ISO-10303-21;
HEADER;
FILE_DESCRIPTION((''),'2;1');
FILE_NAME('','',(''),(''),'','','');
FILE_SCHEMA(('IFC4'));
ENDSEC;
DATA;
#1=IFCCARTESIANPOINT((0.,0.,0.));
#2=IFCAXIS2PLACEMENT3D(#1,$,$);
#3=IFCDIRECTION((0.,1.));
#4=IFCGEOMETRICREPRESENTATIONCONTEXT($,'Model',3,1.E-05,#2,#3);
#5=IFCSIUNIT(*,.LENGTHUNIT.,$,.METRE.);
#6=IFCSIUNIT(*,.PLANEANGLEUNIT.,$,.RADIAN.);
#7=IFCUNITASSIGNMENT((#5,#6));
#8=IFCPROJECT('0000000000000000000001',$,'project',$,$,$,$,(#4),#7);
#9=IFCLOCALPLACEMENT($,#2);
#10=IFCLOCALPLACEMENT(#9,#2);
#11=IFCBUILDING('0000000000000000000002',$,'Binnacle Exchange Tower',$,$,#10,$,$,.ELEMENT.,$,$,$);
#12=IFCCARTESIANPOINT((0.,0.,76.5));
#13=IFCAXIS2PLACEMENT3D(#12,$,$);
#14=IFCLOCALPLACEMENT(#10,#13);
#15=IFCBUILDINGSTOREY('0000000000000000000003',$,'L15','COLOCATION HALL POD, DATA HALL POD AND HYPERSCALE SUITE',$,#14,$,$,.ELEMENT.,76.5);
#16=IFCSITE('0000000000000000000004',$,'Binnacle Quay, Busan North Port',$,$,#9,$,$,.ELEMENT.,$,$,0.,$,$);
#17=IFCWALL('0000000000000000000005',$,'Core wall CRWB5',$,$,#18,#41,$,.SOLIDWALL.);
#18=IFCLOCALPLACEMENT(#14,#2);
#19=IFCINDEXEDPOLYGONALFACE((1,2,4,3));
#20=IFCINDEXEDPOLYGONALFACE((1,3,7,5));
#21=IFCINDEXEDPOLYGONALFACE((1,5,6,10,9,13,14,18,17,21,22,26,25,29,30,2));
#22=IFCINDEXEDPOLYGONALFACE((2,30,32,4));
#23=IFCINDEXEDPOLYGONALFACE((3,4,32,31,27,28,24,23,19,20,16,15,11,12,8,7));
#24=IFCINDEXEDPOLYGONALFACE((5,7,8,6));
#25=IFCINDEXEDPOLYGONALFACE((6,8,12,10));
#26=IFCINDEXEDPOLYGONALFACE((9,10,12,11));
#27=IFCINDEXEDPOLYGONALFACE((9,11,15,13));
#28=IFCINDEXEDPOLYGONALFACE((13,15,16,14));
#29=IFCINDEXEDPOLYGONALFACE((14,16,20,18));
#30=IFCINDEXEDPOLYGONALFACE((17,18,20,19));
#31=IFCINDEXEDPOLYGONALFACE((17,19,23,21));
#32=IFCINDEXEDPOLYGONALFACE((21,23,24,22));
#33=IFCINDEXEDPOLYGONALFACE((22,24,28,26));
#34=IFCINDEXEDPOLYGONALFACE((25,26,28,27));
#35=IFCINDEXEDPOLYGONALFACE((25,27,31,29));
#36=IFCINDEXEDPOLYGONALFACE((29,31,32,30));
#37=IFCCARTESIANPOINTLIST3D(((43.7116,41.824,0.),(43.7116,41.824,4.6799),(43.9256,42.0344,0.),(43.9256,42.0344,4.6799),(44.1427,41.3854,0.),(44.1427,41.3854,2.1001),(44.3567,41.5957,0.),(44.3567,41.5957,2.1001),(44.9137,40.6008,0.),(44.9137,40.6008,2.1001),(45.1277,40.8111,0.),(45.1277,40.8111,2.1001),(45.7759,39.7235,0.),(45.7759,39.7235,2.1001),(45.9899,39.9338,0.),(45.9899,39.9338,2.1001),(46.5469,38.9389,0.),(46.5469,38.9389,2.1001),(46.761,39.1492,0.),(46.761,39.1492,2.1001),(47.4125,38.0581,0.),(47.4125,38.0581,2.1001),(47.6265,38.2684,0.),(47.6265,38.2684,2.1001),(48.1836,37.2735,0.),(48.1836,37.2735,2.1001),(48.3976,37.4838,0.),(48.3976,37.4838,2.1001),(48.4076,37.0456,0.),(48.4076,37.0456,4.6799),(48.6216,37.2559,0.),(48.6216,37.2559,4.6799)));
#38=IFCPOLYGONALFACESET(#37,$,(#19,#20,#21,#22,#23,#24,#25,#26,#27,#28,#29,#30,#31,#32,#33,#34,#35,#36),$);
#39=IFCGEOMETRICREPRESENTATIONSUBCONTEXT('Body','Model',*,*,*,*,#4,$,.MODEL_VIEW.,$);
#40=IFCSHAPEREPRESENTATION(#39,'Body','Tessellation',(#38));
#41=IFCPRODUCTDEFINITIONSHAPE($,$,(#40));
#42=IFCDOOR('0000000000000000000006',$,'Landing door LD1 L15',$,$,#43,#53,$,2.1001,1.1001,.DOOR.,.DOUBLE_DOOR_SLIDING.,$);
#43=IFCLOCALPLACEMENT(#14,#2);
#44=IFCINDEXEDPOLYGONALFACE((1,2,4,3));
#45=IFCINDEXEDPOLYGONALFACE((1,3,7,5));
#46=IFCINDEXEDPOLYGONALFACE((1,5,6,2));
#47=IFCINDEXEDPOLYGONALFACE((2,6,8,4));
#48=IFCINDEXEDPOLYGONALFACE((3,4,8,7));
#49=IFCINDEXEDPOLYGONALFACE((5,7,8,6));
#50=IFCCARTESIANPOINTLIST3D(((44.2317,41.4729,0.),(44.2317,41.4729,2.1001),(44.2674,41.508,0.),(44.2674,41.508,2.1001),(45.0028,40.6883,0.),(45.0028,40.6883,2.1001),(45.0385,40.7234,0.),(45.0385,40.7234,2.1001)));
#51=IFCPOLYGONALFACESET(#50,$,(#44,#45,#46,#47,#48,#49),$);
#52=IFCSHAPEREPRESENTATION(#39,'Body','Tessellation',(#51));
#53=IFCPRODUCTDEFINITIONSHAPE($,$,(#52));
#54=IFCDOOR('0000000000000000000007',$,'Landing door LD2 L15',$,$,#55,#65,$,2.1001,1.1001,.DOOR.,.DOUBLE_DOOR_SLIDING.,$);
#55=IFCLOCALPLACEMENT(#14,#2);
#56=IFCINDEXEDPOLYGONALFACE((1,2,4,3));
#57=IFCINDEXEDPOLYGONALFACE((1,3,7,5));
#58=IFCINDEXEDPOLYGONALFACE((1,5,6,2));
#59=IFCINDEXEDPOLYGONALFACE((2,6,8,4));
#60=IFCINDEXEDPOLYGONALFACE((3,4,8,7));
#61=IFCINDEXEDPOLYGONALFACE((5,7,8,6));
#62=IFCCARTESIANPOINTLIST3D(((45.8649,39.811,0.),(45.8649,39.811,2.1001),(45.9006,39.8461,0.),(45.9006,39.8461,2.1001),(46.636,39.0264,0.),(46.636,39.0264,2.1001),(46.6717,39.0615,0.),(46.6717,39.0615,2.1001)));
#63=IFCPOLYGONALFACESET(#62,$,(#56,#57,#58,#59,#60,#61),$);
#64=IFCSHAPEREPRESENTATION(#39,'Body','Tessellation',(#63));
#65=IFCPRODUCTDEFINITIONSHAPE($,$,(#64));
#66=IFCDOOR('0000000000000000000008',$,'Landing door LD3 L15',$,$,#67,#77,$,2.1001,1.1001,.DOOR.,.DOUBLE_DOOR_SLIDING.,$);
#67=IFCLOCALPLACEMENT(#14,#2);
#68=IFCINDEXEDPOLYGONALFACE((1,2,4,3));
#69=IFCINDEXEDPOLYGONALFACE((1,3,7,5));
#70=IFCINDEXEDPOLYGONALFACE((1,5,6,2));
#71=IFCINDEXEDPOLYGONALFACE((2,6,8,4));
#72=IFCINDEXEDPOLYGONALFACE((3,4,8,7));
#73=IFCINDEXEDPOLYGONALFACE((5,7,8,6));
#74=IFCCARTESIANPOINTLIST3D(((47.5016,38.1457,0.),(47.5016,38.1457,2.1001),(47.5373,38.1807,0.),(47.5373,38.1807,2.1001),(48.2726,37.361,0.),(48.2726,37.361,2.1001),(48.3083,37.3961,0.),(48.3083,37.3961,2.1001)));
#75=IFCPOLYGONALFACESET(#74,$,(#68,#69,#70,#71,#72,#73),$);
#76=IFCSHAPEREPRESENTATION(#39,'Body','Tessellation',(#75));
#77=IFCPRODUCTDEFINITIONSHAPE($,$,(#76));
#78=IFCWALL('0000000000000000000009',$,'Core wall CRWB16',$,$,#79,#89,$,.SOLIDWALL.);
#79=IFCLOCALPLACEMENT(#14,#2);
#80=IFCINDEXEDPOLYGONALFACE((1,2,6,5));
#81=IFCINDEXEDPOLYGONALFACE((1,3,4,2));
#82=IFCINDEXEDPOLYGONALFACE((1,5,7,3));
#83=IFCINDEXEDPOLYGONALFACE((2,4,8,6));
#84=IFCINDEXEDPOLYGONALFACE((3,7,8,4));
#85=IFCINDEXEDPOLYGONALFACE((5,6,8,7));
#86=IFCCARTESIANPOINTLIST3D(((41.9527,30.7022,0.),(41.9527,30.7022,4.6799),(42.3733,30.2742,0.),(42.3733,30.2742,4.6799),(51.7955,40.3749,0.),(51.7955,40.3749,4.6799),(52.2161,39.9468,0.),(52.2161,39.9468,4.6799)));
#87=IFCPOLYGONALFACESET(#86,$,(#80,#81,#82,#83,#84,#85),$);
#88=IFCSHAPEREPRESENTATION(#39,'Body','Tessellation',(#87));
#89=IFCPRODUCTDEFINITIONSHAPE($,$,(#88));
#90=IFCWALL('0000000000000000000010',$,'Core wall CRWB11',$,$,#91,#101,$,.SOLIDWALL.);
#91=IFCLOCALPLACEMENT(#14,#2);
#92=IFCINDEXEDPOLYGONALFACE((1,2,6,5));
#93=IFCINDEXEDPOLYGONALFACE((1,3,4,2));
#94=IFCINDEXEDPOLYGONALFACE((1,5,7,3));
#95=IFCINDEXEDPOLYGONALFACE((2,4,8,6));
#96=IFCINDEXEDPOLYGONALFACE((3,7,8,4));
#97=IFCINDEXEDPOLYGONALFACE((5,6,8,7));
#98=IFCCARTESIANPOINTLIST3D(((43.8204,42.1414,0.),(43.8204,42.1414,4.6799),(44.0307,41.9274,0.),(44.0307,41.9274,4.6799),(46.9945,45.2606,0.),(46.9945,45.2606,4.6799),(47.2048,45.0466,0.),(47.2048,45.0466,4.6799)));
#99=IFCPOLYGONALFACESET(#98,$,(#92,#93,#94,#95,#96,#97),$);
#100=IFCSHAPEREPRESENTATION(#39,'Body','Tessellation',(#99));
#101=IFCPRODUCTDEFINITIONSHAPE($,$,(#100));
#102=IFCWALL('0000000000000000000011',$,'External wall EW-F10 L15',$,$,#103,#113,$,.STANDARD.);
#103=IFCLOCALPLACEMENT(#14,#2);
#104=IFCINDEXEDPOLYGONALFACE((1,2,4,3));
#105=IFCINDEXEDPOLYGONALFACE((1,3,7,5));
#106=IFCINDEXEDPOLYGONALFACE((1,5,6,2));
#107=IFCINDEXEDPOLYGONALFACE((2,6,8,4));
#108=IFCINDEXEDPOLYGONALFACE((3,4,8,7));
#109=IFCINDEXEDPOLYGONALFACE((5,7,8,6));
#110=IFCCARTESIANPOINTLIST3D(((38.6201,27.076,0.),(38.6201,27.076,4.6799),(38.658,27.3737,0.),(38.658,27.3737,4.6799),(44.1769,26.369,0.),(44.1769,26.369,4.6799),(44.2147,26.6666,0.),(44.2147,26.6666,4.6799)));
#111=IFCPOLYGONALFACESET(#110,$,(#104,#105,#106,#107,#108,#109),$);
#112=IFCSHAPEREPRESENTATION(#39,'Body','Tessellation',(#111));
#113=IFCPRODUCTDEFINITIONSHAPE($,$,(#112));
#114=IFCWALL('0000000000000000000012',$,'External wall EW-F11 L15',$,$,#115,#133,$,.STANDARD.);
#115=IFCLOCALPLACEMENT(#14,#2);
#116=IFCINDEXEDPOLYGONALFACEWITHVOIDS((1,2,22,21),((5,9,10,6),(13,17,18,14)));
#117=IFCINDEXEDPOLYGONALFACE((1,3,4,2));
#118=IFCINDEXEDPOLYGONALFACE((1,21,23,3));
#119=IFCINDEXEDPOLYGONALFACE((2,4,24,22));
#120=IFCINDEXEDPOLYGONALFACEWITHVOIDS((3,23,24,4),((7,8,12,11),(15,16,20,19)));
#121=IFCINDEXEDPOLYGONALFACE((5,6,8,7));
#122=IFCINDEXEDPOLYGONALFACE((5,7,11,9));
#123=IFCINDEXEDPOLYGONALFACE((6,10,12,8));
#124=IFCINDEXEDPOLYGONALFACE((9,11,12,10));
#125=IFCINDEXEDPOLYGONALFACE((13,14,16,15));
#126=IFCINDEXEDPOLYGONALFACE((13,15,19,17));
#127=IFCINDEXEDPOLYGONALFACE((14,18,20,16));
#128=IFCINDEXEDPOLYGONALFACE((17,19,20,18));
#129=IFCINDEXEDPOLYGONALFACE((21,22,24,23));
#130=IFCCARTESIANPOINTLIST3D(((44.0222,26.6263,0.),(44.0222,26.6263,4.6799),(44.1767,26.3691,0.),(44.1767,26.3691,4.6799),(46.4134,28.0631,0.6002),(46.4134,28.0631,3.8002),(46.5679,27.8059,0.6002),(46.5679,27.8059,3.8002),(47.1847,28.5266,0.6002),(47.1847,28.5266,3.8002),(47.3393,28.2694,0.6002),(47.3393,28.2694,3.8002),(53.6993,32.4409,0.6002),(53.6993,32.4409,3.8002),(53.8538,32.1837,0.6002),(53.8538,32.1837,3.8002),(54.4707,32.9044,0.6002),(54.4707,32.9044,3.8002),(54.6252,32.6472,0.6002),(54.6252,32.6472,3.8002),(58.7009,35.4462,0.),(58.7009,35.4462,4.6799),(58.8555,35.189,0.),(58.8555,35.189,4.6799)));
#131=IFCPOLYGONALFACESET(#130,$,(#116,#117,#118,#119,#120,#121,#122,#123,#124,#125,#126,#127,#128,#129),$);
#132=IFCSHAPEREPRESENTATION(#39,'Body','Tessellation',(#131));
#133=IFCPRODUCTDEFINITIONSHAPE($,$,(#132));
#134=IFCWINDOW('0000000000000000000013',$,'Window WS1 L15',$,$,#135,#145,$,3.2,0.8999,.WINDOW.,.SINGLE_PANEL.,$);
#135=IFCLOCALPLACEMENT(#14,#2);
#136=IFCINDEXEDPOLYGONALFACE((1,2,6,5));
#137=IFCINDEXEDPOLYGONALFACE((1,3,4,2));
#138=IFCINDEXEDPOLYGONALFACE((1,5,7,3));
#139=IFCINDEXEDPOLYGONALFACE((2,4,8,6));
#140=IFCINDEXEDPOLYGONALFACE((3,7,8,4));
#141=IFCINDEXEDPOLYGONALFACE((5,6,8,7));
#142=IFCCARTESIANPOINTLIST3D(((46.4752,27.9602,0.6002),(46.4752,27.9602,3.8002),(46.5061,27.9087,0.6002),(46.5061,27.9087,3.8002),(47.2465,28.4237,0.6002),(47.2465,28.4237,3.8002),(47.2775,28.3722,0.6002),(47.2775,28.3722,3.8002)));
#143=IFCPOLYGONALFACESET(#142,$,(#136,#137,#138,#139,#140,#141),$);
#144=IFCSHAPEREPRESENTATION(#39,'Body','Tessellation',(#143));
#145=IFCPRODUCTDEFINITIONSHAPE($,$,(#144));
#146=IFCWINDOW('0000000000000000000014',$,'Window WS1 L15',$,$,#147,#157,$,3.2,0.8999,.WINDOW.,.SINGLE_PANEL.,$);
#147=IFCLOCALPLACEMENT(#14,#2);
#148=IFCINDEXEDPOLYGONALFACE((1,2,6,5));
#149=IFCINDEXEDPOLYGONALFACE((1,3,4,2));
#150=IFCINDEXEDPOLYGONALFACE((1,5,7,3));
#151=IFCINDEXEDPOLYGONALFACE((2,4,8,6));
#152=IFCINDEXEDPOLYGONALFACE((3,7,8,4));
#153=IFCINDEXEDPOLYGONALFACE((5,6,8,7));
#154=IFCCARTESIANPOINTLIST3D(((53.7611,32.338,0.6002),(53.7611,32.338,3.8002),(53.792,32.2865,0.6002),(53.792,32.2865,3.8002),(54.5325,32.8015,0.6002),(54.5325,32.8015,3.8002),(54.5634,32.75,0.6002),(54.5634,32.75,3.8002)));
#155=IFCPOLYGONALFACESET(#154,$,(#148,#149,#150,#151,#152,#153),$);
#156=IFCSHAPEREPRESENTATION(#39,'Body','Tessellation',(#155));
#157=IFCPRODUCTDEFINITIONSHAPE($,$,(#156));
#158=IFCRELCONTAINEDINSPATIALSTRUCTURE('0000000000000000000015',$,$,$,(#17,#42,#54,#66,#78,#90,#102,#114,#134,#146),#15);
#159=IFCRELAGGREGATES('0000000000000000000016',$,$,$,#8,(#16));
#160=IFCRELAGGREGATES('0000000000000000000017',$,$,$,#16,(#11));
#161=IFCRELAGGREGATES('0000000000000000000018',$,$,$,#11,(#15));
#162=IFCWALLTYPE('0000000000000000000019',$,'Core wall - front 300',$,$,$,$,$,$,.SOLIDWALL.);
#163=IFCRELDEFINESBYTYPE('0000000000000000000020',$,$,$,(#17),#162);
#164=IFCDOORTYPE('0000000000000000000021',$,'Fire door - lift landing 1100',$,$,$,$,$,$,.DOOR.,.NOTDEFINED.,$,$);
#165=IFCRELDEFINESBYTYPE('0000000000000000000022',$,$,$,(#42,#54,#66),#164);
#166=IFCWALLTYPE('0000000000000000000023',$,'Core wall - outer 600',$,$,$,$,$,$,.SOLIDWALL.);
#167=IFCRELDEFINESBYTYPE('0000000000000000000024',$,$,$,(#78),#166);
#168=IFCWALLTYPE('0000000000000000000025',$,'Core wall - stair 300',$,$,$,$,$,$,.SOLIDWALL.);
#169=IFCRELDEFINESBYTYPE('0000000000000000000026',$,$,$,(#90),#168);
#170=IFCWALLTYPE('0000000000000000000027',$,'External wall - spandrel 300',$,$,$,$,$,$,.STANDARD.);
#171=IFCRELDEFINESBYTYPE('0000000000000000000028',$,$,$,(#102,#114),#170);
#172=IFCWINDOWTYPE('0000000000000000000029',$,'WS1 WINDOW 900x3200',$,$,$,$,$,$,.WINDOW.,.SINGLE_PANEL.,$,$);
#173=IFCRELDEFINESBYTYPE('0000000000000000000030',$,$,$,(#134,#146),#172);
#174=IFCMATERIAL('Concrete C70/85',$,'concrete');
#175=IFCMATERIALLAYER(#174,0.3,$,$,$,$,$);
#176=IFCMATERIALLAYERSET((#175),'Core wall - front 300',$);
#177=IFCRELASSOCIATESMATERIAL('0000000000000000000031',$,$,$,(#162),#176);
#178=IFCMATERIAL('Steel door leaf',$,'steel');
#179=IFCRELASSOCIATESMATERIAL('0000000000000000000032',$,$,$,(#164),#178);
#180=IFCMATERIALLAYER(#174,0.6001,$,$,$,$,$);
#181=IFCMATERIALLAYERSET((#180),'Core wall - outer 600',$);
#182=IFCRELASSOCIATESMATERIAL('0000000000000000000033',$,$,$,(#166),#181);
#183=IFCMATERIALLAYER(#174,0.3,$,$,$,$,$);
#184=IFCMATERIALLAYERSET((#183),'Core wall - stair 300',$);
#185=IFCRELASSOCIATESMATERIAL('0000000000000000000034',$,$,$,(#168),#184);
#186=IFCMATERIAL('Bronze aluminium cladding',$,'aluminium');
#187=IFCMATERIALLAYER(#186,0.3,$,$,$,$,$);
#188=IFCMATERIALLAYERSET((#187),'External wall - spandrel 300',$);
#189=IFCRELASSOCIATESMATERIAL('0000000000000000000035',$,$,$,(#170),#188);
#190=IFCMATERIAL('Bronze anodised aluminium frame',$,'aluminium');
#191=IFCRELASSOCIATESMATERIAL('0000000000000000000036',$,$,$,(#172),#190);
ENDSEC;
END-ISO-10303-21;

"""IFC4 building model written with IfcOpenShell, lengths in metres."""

from ifc_helpers import new_model, si_unit, direction, frame, frame_2d, origin, place, context, subcontext, project, spatial, rectangle, extrude, material, layer, layer_set, type_object, element, fill, save


model = new_model("IFC4")

# Units and contexts
model_context = context("Model", 3, precision=1e-05, world=origin(), true_north=direction((0.0, 1.0)))
body_context = subcontext(model_context, "Body", "Model", "MODEL_VIEW")
ifc_project = project(units=[si_unit("LENGTHUNIT", "METRE"), si_unit("PLANEANGLEUNIT", "RADIAN")], contexts=[model_context])

# Site, building, storey
site_placement = place(None, origin())
site = spatial("IfcSite", under=ifc_project, at=site_placement, Name="Binnacle Quay, Busan North Port", CompositionType="ELEMENT", RefElevation=0.0)
building_placement = place(site_placement, origin())
building = spatial("IfcBuilding", under=site, at=building_placement, Name="Binnacle Exchange Tower", CompositionType="ELEMENT")
storey_placement = place(building_placement, frame((0.0, 0.0, 76.5)))
storey = spatial("IfcBuildingStorey", under=building, at=storey_placement, Name="L15", Description="COLOCATION HALL POD, DATA HALL POD AND HYPERSCALE SUITE", CompositionType="ELEMENT", Elevation=76.5)

# Shared definitions
ifc_material_1 = material(Name="Concrete C70/85", Category="concrete")

# Wall, openings, doors
ifc_layer_1 = layer(ifc_material_1, 0.3)
ifc_layer_set_1 = layer_set([ifc_layer_1], Name="Core wall - front 300")
wall_type_1 = type_object("IfcWallType", Name="Core wall - front 300", PredefinedType="SOLIDWALL", material=ifc_layer_set_1)
wall_1_placement = place(storey_placement, frame((43.8186, 41.9292, 0.0), z_axis=(0.0, 0.0, 1.0), x_axis=(0.700922, -0.713238, 0.0)))
wall_1 = element("IfcWall", 1, at=wall_1_placement, inside=storey, type_object=wall_type_1, Name="Core wall CRWB5", PredefinedType="SOLIDWALL", context=body_context, shape_type="SweptSolid", body=[
    extrude(rectangle(XDim=6.6997, YDim=0.3, at=frame_2d((3.3499, 0.0))), origin(), (0.0, 0.0, 1.0), 4.6799),
])
opening_1_placement = place(wall_1_placement, frame((0.615, 0.0, 0.0)))
opening_1 = element("IfcOpeningElement", 2, at=opening_1_placement, cuts=wall_1, PredefinedType="OPENING", context=body_context, shape_type="SweptSolid", body=[
    extrude(rectangle(XDim=1.1001, YDim=2.1001, at=frame_2d((0.55, 1.05))), frame((0.0, 0.1599, 0.0), z_axis=(0.0, -1.0, 0.0), x_axis=(1.0, 0.0, 0.0)), (0.0, 0.0, 1.0), 0.3201),
])
opening_2_placement = place(wall_1_placement, frame((2.9451, 0.0, 0.0)))
opening_2 = element("IfcOpeningElement", 3, at=opening_2_placement, cuts=wall_1, PredefinedType="OPENING", context=body_context, shape_type="SweptSolid", body=[
    extrude(rectangle(XDim=1.1001, YDim=2.1001, at=frame_2d((0.55, 1.05))), frame((0.0, 0.1599, 0.0), z_axis=(0.0, -1.0, 0.0), x_axis=(1.0, 0.0, 0.0)), (0.0, 0.0, 1.0), 0.3201),
])
opening_3_placement = place(wall_1_placement, frame((5.28, 0.0, 0.0)))
opening_3 = element("IfcOpeningElement", 4, at=opening_3_placement, cuts=wall_1, PredefinedType="OPENING", context=body_context, shape_type="SweptSolid", body=[
    extrude(rectangle(XDim=1.1001, YDim=2.1001, at=frame_2d((0.55, 1.05))), frame((0.0, 0.1599, 0.0), z_axis=(0.0, -1.0, 0.0), x_axis=(1.0, 0.0, 0.0)), (0.0, 0.0, 1.0), 0.3201),
])
ifc_material_2 = material(Name="Steel door leaf", Category="steel")
door_type_1 = type_object("IfcDoorType", Name="Fire door - lift landing 1100", OperationType="NOTDEFINED", PredefinedType="DOOR", material=ifc_material_2)
door_1_placement = place(opening_1_placement, origin())
door_1 = element("IfcDoor", 5, at=door_1_placement, inside=storey, type_object=door_type_1, Name="Landing door LD1 L15", OperationType="DOUBLE_DOOR_SLIDING", OverallHeight=2.1001, OverallWidth=1.1001, PredefinedType="DOOR", context=body_context, shape_type="SweptSolid", body=[
    extrude(rectangle(XDim=1.1001, YDim=2.1001, at=frame_2d((0.55, 1.05))), frame((0.0, 0.0249, 0.0), z_axis=(0.0, -1.0, 0.0), x_axis=(1.0, 0.0, 0.0)), (0.0, 0.0, 1.0), 0.05),
])
fill(opening_1, door_1)
door_2_placement = place(opening_2_placement, origin())
door_2 = element("IfcDoor", 6, at=door_2_placement, inside=storey, type_object=door_type_1, Name="Landing door LD2 L15", OperationType="DOUBLE_DOOR_SLIDING", OverallHeight=2.1001, OverallWidth=1.1001, PredefinedType="DOOR", context=body_context, shape_type="SweptSolid", body=[
    extrude(rectangle(XDim=1.1001, YDim=2.1001, at=frame_2d((0.55, 1.05))), frame((0.0, 0.0249, 0.0), z_axis=(0.0, -1.0, 0.0), x_axis=(1.0, 0.0, 0.0)), (0.0, 0.0, 1.0), 0.05),
])
fill(opening_2, door_2)
door_3_placement = place(opening_3_placement, origin())
door_3 = element("IfcDoor", 7, at=door_3_placement, inside=storey, type_object=door_type_1, Name="Landing door LD3 L15", OperationType="DOUBLE_DOOR_SLIDING", OverallHeight=2.1001, OverallWidth=1.1001, PredefinedType="DOOR", context=body_context, shape_type="SweptSolid", body=[
    extrude(rectangle(XDim=1.1001, YDim=2.1001, at=frame_2d((0.55, 1.05))), frame((0.0, 0.0249, 0.0), z_axis=(0.0, -1.0, 0.0), x_axis=(1.0, 0.0, 0.0)), (0.0, 0.0, 1.0), 0.05),
])
fill(opening_3, door_3)

# Walls
ifc_layer_2 = layer(ifc_material_1, 0.6001)
ifc_layer_set_2 = layer_set([ifc_layer_2], Name="Core wall - outer 600")
wall_type_2 = type_object("IfcWallType", Name="Core wall - outer 600", PredefinedType="SOLIDWALL", material=ifc_layer_set_2)
wall_2_placement = place(storey_placement, frame((42.1631, 30.4883, 0.0), z_axis=(0.0, 0.0, 1.0), x_axis=(0.713245, 0.700914, 0.0)))
element("IfcWall", 8, at=wall_2_placement, inside=storey, type_object=wall_type_2, Name="Core wall CRWB16", PredefinedType="SOLIDWALL", context=body_context, shape_type="SweptSolid", body=[
    extrude(rectangle(XDim=13.8, YDim=0.6001, at=frame_2d((6.8999, 0.0))), origin(), (0.0, 0.0, 1.0), 4.6799),
])
ifc_layer_3 = layer(ifc_material_1, 0.3)
ifc_layer_set_3 = layer_set([ifc_layer_3], Name="Core wall - stair 300")
wall_type_3 = type_object("IfcWallType", Name="Core wall - stair 300", PredefinedType="SOLIDWALL", material=ifc_layer_set_3)
wall_3_placement = place(storey_placement, frame((43.9255, 42.0344, 0.0), z_axis=(0.0, 0.0, 1.0), x_axis=(0.713252, 0.700908, 0.0)))
element("IfcWall", 9, at=wall_3_placement, inside=storey, type_object=wall_type_3, Name="Core wall CRWB11", PredefinedType="SOLIDWALL", context=body_context, shape_type="SweptSolid", body=[
    extrude(rectangle(XDim=4.4502, YDim=0.3, at=frame_2d((2.2251, 0.0))), origin(), (0.0, 0.0, 1.0), 4.6799),
])
ifc_material_3 = material(Name="Bronze aluminium cladding", Category="aluminium")
ifc_layer_4 = layer(ifc_material_3, 0.3)
ifc_layer_set_4 = layer_set([ifc_layer_4], Name="External wall - spandrel 300")
wall_type_4 = type_object("IfcWallType", Name="External wall - spandrel 300", PredefinedType="STANDARD", material=ifc_layer_set_4)
wall_4_placement = place(storey_placement, frame((44.1958, 26.5178, 0.0), z_axis=(0.0, 0.0, 1.0), x_axis=(-0.992002, 0.126223, 0.0)))
element("IfcWall", 10, at=wall_4_placement, inside=storey, type_object=wall_type_4, Name="External wall EW-F10 L15", PredefinedType="STANDARD", context=body_context, shape_type="SweptSolid", body=[
    extrude(rectangle(XDim=5.6016, YDim=0.3, at=frame_2d((2.8008, 0.0))), origin(), (0.0, 0.0, 1.0), 4.6799),
])

# Wall, openings, windows
wall_5_placement = place(storey_placement, frame((58.7783, 35.3176, 0.0), z_axis=(0.0, 0.0, 1.0), x_axis=(-0.857168, -0.515037, 0.0)))
wall_5 = element("IfcWall", 11, at=wall_5_placement, inside=storey, type_object=wall_type_4, Name="External wall EW-F11 L15", PredefinedType="STANDARD", context=body_context, shape_type="SweptSolid", body=[
    extrude(rectangle(XDim=17.1248, YDim=0.3, at=frame_2d((8.5625, 0.0))), origin(), (0.0, 0.0, 1.0), 4.6799),
])
opening_4_placement = place(wall_5_placement, frame((13.4353, 0.0, 0.6001)))
opening_4 = element("IfcOpeningElement", 12, at=opening_4_placement, cuts=wall_5, PredefinedType="OPENING", context=body_context, shape_type="SweptSolid", body=[
    extrude(rectangle(XDim=0.8999, YDim=3.2, at=frame_2d((0.45, 1.6001))), frame((0.0, 0.1599, 0.0), z_axis=(0.0, -1.0, 0.0), x_axis=(1.0, 0.0, 0.0)), (0.0, 0.0, 1.0), 0.3201),
])
opening_5_placement = place(wall_5_placement, frame((4.9353, 0.0, 0.6001)))
opening_5 = element("IfcOpeningElement", 13, at=opening_5_placement, cuts=wall_5, PredefinedType="OPENING", context=body_context, shape_type="SweptSolid", body=[
    extrude(rectangle(XDim=0.8999, YDim=3.2, at=frame_2d((0.45, 1.6001))), frame((0.0, 0.1599, 0.0), z_axis=(0.0, -1.0, 0.0), x_axis=(1.0, 0.0, 0.0)), (0.0, 0.0, 1.0), 0.3201),
])
ifc_material_4 = material(Name="Bronze anodised aluminium frame", Category="aluminium")
window_type = type_object("IfcWindowType", Name="WS1 WINDOW 900x3200", PartitioningType="SINGLE_PANEL", PredefinedType="WINDOW", material=ifc_material_4)
window_1_placement = place(opening_4_placement, origin())
window_1 = element("IfcWindow", 14, at=window_1_placement, inside=storey, type_object=window_type, Name="Window WS1 L15", OverallHeight=3.2, OverallWidth=0.8999, PartitioningType="SINGLE_PANEL", PredefinedType="WINDOW", context=body_context, shape_type="SweptSolid", body=[
    extrude(rectangle(XDim=0.8999, YDim=3.2, at=frame_2d((0.45, 1.6001))), frame((0.0, 0.03, 0.0), z_axis=(0.0, -1.0, 0.0), x_axis=(1.0, 0.0, 0.0)), (0.0, 0.0, 1.0), 0.0601),
])
fill(opening_4, window_1)
window_2_placement = place(opening_5_placement, origin())
window_2 = element("IfcWindow", 15, at=window_2_placement, inside=storey, type_object=window_type, Name="Window WS1 L15", OverallHeight=3.2, OverallWidth=0.8999, PartitioningType="SINGLE_PANEL", PredefinedType="WINDOW", context=body_context, shape_type="SweptSolid", body=[
    extrude(rectangle(XDim=0.8999, YDim=3.2, at=frame_2d((0.45, 1.6001))), frame((0.0, 0.03, 0.0), z_axis=(0.0, -1.0, 0.0), x_axis=(1.0, 0.0, 0.0)), (0.0, 0.0, 1.0), 0.0601),
])
fill(opening_5, window_2)

save(model, "model.ifc")
